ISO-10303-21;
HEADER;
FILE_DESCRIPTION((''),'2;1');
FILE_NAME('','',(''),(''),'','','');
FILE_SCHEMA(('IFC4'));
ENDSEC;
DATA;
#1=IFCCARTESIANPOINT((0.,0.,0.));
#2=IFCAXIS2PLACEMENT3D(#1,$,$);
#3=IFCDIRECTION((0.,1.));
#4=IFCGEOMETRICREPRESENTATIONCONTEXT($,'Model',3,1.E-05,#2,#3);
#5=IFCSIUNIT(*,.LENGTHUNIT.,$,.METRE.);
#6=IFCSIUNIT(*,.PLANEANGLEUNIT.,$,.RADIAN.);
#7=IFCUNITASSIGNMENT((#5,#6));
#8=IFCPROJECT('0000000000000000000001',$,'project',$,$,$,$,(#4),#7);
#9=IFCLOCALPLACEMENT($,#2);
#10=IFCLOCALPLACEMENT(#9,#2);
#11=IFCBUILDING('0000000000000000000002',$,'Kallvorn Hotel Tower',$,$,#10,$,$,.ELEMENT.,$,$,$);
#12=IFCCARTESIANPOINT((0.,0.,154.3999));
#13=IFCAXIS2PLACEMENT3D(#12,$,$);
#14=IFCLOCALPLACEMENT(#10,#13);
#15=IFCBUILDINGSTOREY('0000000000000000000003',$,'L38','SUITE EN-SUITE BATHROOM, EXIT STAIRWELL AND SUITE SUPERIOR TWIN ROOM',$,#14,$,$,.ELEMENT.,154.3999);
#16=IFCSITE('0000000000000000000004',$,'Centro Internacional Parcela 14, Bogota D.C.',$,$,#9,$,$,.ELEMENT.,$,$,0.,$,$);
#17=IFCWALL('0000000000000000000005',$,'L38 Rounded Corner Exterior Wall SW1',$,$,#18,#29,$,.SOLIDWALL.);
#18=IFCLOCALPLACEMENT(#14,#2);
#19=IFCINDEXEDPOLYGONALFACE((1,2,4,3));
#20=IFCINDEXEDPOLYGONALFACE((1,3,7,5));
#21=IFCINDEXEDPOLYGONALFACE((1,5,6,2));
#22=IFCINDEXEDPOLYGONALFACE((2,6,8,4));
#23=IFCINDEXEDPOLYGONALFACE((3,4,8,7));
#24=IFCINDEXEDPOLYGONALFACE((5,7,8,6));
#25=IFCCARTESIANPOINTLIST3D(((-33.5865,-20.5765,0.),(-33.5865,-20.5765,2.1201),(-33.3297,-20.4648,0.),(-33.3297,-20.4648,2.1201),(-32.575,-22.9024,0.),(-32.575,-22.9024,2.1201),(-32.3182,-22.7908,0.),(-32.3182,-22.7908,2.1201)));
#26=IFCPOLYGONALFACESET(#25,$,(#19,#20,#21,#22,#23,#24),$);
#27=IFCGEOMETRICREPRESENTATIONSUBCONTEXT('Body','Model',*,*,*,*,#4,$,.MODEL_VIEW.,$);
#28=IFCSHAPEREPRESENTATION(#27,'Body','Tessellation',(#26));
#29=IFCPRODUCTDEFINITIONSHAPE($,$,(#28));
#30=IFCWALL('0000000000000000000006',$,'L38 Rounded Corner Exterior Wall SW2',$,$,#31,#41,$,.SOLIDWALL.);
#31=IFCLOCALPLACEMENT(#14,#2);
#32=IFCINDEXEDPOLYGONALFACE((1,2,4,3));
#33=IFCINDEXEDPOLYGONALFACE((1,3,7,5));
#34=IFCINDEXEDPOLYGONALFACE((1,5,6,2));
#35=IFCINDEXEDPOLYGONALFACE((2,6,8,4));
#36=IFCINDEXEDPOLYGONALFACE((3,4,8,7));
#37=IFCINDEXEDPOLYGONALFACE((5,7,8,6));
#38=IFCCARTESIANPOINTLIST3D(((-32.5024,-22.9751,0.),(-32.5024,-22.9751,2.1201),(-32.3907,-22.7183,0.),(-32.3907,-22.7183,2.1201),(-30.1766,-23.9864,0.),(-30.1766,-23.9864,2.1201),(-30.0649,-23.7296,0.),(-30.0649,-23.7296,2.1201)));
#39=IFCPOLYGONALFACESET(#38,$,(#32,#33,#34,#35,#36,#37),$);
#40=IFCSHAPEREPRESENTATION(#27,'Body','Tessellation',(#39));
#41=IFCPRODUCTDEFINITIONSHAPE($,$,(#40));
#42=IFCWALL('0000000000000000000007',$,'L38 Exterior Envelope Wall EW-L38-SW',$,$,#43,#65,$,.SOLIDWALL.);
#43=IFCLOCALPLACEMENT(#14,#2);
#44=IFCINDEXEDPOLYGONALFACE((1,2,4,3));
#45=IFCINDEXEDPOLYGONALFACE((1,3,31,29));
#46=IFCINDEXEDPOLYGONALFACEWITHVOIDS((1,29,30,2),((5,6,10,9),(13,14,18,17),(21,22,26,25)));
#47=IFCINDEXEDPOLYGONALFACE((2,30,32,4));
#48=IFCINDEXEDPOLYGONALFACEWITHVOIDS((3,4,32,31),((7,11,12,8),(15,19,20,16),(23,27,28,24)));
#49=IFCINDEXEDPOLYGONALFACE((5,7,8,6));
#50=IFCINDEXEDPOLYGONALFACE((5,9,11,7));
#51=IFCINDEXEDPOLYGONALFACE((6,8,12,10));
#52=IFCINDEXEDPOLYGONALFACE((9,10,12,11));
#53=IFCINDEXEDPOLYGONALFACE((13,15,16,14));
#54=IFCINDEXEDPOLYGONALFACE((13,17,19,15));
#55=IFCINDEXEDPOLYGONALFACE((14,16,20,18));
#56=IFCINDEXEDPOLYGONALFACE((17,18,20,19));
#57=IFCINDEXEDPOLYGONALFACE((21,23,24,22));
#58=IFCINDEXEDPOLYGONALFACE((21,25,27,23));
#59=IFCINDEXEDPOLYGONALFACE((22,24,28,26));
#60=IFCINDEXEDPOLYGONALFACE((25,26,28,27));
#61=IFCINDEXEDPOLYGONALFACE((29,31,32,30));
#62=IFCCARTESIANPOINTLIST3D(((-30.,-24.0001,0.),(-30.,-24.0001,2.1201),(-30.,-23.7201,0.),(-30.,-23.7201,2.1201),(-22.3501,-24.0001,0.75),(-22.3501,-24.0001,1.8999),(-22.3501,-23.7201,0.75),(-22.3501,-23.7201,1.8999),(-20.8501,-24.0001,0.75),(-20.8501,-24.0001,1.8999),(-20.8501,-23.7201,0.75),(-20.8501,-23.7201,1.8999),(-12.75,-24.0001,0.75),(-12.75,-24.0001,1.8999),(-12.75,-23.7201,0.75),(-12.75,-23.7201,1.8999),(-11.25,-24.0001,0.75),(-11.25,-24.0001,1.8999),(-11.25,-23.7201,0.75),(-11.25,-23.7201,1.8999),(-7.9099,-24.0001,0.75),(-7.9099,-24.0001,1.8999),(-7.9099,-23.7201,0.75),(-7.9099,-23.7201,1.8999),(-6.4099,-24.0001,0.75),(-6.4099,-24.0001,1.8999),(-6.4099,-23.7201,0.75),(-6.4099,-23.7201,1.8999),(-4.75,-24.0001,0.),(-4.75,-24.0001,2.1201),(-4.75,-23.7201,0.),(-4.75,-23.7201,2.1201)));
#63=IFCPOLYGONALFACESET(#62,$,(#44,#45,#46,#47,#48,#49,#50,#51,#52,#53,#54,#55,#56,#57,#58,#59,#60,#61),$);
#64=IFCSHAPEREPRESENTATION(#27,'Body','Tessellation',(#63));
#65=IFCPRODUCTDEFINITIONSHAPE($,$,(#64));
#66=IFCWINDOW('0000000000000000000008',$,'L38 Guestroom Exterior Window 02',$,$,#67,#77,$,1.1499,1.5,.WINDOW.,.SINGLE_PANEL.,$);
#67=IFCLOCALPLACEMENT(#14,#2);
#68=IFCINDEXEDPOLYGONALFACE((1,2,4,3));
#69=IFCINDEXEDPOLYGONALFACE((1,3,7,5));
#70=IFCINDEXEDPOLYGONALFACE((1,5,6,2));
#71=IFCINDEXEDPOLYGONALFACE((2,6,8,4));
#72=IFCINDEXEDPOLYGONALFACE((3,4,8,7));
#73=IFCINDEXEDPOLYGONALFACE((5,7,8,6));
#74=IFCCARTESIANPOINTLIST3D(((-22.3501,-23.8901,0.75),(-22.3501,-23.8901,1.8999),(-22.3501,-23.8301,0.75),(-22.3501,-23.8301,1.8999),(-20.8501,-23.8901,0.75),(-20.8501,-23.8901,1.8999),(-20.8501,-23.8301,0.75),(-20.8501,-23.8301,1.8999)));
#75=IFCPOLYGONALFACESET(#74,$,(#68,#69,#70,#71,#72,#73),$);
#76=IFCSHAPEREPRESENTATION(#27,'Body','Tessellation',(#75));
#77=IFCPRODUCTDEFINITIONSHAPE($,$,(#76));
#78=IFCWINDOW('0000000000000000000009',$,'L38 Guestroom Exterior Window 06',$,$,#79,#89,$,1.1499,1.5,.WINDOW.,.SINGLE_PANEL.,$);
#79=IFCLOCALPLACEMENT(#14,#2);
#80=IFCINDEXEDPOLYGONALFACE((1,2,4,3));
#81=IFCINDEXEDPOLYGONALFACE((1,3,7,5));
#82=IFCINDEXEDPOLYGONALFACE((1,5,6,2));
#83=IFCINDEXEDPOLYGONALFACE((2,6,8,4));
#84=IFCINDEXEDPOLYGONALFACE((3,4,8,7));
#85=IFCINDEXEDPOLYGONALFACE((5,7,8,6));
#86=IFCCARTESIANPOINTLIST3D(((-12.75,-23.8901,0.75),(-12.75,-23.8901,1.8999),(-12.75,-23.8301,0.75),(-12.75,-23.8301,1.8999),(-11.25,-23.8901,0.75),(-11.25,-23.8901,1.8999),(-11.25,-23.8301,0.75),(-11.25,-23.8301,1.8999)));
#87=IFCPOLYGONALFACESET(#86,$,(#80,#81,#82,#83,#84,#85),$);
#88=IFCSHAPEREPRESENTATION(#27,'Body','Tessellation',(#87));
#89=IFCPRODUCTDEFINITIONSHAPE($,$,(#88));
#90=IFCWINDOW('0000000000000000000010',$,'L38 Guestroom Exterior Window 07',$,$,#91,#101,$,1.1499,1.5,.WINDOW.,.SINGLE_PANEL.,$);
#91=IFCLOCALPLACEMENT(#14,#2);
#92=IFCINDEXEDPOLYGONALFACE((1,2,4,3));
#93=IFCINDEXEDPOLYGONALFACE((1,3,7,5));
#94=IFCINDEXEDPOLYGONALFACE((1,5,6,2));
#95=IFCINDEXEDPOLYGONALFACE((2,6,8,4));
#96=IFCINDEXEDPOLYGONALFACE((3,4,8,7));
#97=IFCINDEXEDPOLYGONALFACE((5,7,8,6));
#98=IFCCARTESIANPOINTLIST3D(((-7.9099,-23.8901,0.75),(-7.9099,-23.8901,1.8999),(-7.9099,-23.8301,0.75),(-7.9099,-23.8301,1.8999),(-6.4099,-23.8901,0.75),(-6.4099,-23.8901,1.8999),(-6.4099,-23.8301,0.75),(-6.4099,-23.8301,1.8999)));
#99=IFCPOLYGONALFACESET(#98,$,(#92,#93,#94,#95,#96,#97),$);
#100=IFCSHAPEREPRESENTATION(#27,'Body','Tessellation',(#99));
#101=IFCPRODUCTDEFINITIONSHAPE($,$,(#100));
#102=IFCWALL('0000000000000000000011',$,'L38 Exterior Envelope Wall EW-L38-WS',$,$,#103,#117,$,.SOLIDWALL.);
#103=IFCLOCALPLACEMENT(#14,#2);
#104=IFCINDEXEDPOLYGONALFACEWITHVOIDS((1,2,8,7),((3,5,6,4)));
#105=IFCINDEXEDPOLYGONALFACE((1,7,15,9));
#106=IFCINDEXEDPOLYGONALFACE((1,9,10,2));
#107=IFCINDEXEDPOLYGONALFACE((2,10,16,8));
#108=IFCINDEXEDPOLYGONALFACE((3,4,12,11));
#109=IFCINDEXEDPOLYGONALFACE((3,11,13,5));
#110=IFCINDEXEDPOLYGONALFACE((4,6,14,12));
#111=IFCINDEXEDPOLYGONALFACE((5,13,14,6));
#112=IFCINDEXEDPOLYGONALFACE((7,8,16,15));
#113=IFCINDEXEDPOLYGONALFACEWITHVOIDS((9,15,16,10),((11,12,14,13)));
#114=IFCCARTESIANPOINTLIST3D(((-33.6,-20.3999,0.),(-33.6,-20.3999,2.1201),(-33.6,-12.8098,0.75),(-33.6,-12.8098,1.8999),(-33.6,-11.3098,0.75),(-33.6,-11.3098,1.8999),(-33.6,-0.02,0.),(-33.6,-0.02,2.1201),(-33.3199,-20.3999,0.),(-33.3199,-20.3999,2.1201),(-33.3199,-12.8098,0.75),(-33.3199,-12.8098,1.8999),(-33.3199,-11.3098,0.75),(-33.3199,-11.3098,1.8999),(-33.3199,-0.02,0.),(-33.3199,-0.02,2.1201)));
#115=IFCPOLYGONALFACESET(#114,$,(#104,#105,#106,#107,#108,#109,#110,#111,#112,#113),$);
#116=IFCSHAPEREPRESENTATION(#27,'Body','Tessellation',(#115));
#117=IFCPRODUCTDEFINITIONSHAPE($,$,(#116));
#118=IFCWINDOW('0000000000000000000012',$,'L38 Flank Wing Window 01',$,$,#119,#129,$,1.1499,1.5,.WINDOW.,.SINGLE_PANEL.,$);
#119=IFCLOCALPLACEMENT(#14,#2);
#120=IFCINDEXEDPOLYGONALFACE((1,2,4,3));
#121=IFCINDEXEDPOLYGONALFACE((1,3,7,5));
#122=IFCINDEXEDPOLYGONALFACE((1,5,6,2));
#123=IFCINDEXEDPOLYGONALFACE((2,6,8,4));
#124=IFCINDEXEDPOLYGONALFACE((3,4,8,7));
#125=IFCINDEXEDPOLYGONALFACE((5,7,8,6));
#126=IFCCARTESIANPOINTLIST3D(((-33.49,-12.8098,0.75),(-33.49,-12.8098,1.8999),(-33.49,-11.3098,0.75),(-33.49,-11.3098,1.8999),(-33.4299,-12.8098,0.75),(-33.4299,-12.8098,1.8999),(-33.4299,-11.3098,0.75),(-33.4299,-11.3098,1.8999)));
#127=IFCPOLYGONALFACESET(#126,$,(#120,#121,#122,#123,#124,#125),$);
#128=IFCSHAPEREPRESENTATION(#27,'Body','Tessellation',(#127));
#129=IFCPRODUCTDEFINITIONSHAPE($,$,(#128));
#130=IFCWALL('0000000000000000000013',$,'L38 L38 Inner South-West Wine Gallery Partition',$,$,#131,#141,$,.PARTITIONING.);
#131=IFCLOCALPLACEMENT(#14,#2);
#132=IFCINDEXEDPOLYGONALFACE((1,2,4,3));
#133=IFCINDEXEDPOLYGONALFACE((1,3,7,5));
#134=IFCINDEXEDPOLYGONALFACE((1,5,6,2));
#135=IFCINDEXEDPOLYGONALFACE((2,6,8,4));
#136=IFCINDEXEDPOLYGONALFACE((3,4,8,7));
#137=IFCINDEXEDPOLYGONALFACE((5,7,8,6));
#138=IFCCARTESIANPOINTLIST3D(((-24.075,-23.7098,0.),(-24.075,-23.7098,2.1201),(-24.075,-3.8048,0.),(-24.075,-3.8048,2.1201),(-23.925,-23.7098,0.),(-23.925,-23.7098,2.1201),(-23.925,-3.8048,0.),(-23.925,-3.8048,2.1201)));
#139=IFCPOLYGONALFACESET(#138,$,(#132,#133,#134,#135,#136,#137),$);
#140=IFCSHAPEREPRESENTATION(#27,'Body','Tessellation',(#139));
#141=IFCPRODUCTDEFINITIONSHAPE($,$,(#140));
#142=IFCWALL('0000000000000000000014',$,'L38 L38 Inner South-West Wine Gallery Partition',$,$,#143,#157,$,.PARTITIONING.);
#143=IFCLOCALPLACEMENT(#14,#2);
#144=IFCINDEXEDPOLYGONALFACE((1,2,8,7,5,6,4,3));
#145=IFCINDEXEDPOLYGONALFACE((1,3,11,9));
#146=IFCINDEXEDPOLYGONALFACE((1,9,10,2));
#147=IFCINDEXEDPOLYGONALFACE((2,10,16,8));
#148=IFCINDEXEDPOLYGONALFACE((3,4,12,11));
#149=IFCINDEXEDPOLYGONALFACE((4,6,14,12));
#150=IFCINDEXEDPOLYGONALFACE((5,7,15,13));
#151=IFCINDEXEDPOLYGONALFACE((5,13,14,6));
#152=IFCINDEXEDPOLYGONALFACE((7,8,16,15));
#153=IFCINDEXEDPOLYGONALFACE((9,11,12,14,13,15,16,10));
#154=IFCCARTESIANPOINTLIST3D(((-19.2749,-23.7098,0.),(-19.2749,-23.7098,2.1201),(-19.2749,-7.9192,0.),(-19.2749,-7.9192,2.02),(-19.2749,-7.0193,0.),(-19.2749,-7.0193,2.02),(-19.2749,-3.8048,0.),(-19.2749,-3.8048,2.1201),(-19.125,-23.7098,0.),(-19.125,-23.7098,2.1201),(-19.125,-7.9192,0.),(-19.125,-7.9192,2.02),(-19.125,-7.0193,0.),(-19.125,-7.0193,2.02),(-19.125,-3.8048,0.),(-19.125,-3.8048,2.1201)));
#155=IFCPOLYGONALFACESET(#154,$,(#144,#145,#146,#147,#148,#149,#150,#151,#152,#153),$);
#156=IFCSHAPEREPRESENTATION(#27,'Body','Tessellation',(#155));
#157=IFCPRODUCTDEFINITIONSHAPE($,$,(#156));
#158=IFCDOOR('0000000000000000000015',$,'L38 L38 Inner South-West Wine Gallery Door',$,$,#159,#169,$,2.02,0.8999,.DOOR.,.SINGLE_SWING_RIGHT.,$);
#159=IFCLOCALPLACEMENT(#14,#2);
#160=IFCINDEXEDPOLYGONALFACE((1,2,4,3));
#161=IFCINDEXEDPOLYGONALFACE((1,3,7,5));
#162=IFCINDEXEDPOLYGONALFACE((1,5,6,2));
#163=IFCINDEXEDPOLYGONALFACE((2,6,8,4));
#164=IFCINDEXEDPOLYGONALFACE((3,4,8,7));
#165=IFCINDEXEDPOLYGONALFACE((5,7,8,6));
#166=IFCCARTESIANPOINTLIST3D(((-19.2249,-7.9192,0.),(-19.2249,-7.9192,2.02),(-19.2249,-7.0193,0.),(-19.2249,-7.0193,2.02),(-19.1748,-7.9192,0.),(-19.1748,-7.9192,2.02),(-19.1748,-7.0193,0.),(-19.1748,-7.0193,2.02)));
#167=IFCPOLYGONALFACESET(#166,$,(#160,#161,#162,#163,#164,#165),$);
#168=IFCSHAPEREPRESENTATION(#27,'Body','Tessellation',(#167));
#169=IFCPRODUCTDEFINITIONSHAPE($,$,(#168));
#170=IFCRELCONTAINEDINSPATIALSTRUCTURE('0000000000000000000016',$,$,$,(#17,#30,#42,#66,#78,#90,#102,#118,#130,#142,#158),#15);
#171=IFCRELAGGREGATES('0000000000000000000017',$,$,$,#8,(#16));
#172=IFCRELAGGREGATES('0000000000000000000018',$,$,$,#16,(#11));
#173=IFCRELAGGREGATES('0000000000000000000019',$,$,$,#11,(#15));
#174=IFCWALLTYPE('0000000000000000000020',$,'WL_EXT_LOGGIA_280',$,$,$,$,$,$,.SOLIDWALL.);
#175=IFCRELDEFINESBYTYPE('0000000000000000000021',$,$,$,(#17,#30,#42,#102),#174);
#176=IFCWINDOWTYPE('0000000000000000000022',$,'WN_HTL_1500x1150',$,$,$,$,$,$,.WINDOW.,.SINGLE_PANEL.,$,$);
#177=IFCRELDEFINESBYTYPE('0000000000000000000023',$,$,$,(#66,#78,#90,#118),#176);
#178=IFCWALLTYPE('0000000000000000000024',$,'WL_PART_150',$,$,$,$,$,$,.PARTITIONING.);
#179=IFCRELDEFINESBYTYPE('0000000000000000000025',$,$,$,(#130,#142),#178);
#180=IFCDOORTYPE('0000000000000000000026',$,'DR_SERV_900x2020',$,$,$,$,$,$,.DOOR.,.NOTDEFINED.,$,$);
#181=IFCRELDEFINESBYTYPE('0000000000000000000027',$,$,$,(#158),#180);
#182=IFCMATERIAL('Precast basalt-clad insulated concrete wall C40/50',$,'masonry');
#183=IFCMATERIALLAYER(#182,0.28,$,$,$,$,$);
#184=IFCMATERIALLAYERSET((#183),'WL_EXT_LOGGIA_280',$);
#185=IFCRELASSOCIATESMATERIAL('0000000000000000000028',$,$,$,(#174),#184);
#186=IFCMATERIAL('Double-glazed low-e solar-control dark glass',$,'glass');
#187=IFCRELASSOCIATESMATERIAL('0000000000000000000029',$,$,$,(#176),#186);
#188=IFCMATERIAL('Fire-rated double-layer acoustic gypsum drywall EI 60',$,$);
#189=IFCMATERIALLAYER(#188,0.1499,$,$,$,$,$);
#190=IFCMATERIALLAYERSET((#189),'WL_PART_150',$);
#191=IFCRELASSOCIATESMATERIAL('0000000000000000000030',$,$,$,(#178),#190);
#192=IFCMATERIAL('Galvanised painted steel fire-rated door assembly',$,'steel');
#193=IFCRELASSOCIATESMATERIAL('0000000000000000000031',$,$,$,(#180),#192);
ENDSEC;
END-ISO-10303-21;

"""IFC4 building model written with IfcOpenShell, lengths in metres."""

from ifc_helpers import new_model, si_unit, direction, frame, frame_2d, origin, place, context, subcontext, project, spatial, rectangle, extrude, material, layer, layer_set, type_object, element, fill, save


model = new_model("IFC4")

# Units and contexts
model_context = context("Model", 3, precision=1e-05, world=origin(), true_north=direction((0.0, 1.0)))
body_context = subcontext(model_context, "Body", "Model", "MODEL_VIEW")
ifc_project = project(units=[si_unit("LENGTHUNIT", "METRE"), si_unit("PLANEANGLEUNIT", "RADIAN")], contexts=[model_context])

# Site, building, storey
site_placement = place(None, origin())
site = spatial("IfcSite", under=ifc_project, at=site_placement, Name="Centro Internacional Parcela 14, Bogota D.C.", CompositionType="ELEMENT", RefElevation=0.0)
building_placement = place(site_placement, origin())
building = spatial("IfcBuilding", under=site, at=building_placement, Name="Kallvorn Hotel Tower", CompositionType="ELEMENT")
storey_placement = place(building_placement, frame((0.0, 0.0, 154.3999)))
storey = spatial("IfcBuildingStorey", under=building, at=storey_placement, Name="L38", Description="SUITE EN-SUITE BATHROOM, EXIT STAIRWELL AND SUITE SUPERIOR TWIN ROOM", CompositionType="ELEMENT", Elevation=154.3999)

# Walls
ifc_material_1 = material(Name="Precast basalt-clad insulated concrete wall C40/50", Category="masonry")
ifc_layer_1 = layer(ifc_material_1, 0.28)
ifc_layer_set_1 = layer_set([ifc_layer_1], Name="WL_EXT_LOGGIA_280")
wall_type_1 = type_object("IfcWallType", Name="WL_EXT_LOGGIA_280", PredefinedType="SOLIDWALL", material=ifc_layer_set_1)
wall_1_placement = place(storey_placement, frame((-33.458, -20.5208, 0.0), z_axis=(0.0, 0.0, 1.0), x_axis=(0.398793, -0.917041, 0.0)))
element("IfcWall", 1, at=wall_1_placement, inside=storey, type_object=wall_type_1, Name="L38 Rounded Corner Exterior Wall SW1", PredefinedType="SOLIDWALL", context=body_context, shape_type="SweptSolid", body=[
    extrude(rectangle(XDim=2.5364, YDim=0.28, at=frame_2d((1.2681, 0.0))), origin(), (0.0, 0.0, 1.0), 2.1201),
])
wall_2_placement = place(storey_placement, frame((-32.4465, -22.8467, 0.0), z_axis=(0.0, 0.0, 1.0), x_axis=(0.917061, -0.398747, 0.0)))
element("IfcWall", 2, at=wall_2_placement, inside=storey, type_object=wall_type_1, Name="L38 Rounded Corner Exterior Wall SW2", PredefinedType="SOLIDWALL", context=body_context, shape_type="SweptSolid", body=[
    extrude(rectangle(XDim=2.5361, YDim=0.28, at=frame_2d((1.2681, 0.0))), origin(), (0.0, 0.0, 1.0), 2.1201),
])

# Wall, openings, windows
wall_3_placement = place(storey_placement, frame((-30.0, -23.8601, 0.0), z_axis=(0.0, 0.0, 1.0), x_axis=(1.0, 0.0, 0.0)))
wall_3 = element("IfcWall", 3, at=wall_3_placement, inside=storey, type_object=wall_type_1, Name="L38 Exterior Envelope Wall EW-L38-SW", PredefinedType="SOLIDWALL", context=body_context, shape_type="SweptSolid", body=[
    extrude(rectangle(XDim=25.25, YDim=0.28, at=frame_2d((12.625, 0.0))), origin(), (0.0, 0.0, 1.0), 2.1201),
])
opening_1_placement = place(wall_3_placement, frame((7.6499, 0.0, 0.75)))
opening_1 = element("IfcOpeningElement", 4, at=opening_1_placement, cuts=wall_3, PredefinedType="OPENING", context=body_context, shape_type="SweptSolid", body=[
    extrude(rectangle(XDim=1.5, YDim=1.1499, at=frame_2d((0.75, 0.575))), frame((0.0, 0.155, 0.0), z_axis=(0.0, -1.0, 0.0), x_axis=(1.0, 0.0, 0.0)), (0.0, 0.0, 1.0), 0.3101),
])
opening_2_placement = place(wall_3_placement, frame((17.25, 0.0, 0.75)))
opening_2 = element("IfcOpeningElement", 5, at=opening_2_placement, cuts=wall_3, PredefinedType="OPENING", context=body_context, shape_type="SweptSolid", body=[
    extrude(rectangle(XDim=1.5, YDim=1.1499, at=frame_2d((0.75, 0.575))), frame((0.0, 0.155, 0.0), z_axis=(0.0, -1.0, 0.0), x_axis=(1.0, 0.0, 0.0)), (0.0, 0.0, 1.0), 0.3101),
])
opening_3_placement = place(wall_3_placement, frame((22.0901, 0.0, 0.75)))
opening_3 = element("IfcOpeningElement", 6, at=opening_3_placement, cuts=wall_3, PredefinedType="OPENING", context=body_context, shape_type="SweptSolid", body=[
    extrude(rectangle(XDim=1.5, YDim=1.1499, at=frame_2d((0.75, 0.575))), frame((0.0, 0.155, 0.0), z_axis=(0.0, -1.0, 0.0), x_axis=(1.0, 0.0, 0.0)), (0.0, 0.0, 1.0), 0.3101),
])
ifc_material_2 = material(Name="Double-glazed low-e solar-control dark glass", Category="glass")
window_type = type_object("IfcWindowType", Name="WN_HTL_1500x1150", PartitioningType="SINGLE_PANEL", PredefinedType="WINDOW", material=ifc_material_2)
window_1_placement = place(opening_1_placement, origin())
window_1 = element("IfcWindow", 7, at=window_1_placement, inside=storey, type_object=window_type, Name="L38 Guestroom Exterior Window 02", OverallHeight=1.1499, OverallWidth=1.5, PartitioningType="SINGLE_PANEL", PredefinedType="WINDOW", context=body_context, shape_type="SweptSolid", body=[
    extrude(rectangle(XDim=1.5, YDim=1.1499, at=frame_2d((0.75, 0.575))), frame((0.0, 0.03, 0.0), z_axis=(0.0, -1.0, 0.0), x_axis=(1.0, 0.0, 0.0)), (0.0, 0.0, 1.0), 0.0601),
])
fill(opening_1, window_1)
window_2_placement = place(opening_2_placement, origin())
window_2 = element("IfcWindow", 8, at=window_2_placement, inside=storey, type_object=window_type, Name="L38 Guestroom Exterior Window 06", OverallHeight=1.1499, OverallWidth=1.5, PartitioningType="SINGLE_PANEL", PredefinedType="WINDOW", context=body_context, shape_type="SweptSolid", body=[
    extrude(rectangle(XDim=1.5, YDim=1.1499, at=frame_2d((0.75, 0.575))), frame((0.0, 0.03, 0.0), z_axis=(0.0, -1.0, 0.0), x_axis=(1.0, 0.0, 0.0)), (0.0, 0.0, 1.0), 0.0601),
])
fill(opening_2, window_2)
window_3_placement = place(opening_3_placement, origin())
window_3 = element("IfcWindow", 9, at=window_3_placement, inside=storey, type_object=window_type, Name="L38 Guestroom Exterior Window 07", OverallHeight=1.1499, OverallWidth=1.5, PartitioningType="SINGLE_PANEL", PredefinedType="WINDOW", context=body_context, shape_type="SweptSolid", body=[
    extrude(rectangle(XDim=1.5, YDim=1.1499, at=frame_2d((0.75, 0.575))), frame((0.0, 0.03, 0.0), z_axis=(0.0, -1.0, 0.0), x_axis=(1.0, 0.0, 0.0)), (0.0, 0.0, 1.0), 0.0601),
])
fill(opening_3, window_3)

# Wall, opening, window
wall_4_placement = place(storey_placement, frame((-33.46, -20.3999, 0.0), z_axis=(0.0, 0.0, 1.0), x_axis=(0.0, 1.0, 0.0)))
wall_4 = element("IfcWall", 10, at=wall_4_placement, inside=storey, type_object=wall_type_1, Name="L38 Exterior Envelope Wall EW-L38-WS", PredefinedType="SOLIDWALL", context=body_context, shape_type="SweptSolid", body=[
    extrude(rectangle(XDim=20.3799, YDim=0.28, at=frame_2d((10.1899, 0.0))), origin(), (0.0, 0.0, 1.0), 2.1201),
])
opening_4_placement = place(wall_4_placement, frame((7.5901, 0.0, 0.75)))
opening_4 = element("IfcOpeningElement", 11, at=opening_4_placement, cuts=wall_4, PredefinedType="OPENING", context=body_context, shape_type="SweptSolid", body=[
    extrude(rectangle(XDim=1.5, YDim=1.1499, at=frame_2d((0.75, 0.575))), frame((0.0, 0.155, 0.0), z_axis=(0.0, -1.0, 0.0), x_axis=(1.0, 0.0, 0.0)), (0.0, 0.0, 1.0), 0.3101),
])
window_4_placement = place(opening_4_placement, origin())
window_4 = element("IfcWindow", 12, at=window_4_placement, inside=storey, type_object=window_type, Name="L38 Flank Wing Window 01", OverallHeight=1.1499, OverallWidth=1.5, PartitioningType="SINGLE_PANEL", PredefinedType="WINDOW", context=body_context, shape_type="SweptSolid", body=[
    extrude(rectangle(XDim=1.5, YDim=1.1499, at=frame_2d((0.75, 0.575))), frame((0.0, 0.03, 0.0), z_axis=(0.0, -1.0, 0.0), x_axis=(1.0, 0.0, 0.0)), (0.0, 0.0, 1.0), 0.0601),
])
fill(opening_4, window_4)

# Wall
ifc_material_3 = material(Name="Fire-rated double-layer acoustic gypsum drywall EI 60")
ifc_layer_2 = layer(ifc_material_3, 0.1499)
ifc_layer_set_2 = layer_set([ifc_layer_2], Name="WL_PART_150")
wall_type_2 = type_object("IfcWallType", Name="WL_PART_150", PredefinedType="PARTITIONING", material=ifc_layer_set_2)
wall_5_placement = place(storey_placement, frame((-24.0, -23.71, 0.0), z_axis=(0.0, 0.0, 1.0), x_axis=(0.0, 1.0, 0.0)))
element("IfcWall", 13, at=wall_5_placement, inside=storey, type_object=wall_type_2, Name="L38 L38 Inner South-West Wine Gallery Partition", PredefinedType="PARTITIONING", context=body_context, shape_type="SweptSolid", body=[
    extrude(rectangle(XDim=19.905, YDim=0.1499, at=frame_2d((9.9526, 0.0))), origin(), (0.0, 0.0, 1.0), 2.1201),
])

# Wall, opening, door
wall_6_placement = place(storey_placement, frame((-19.2, -23.71, 0.0), z_axis=(0.0, 0.0, 1.0), x_axis=(0.0, 1.0, 0.0)))
wall_6 = element("IfcWall", 14, at=wall_6_placement, inside=storey, type_object=wall_type_2, Name="L38 L38 Inner South-West Wine Gallery Partition", PredefinedType="PARTITIONING", context=body_context, shape_type="SweptSolid", body=[
    extrude(rectangle(XDim=19.905, YDim=0.1499, at=frame_2d((9.9526, 0.0))), origin(), (0.0, 0.0, 1.0), 2.1201),
])
opening_5_placement = place(wall_6_placement, frame((15.7908, 0.0, 0.0)))
opening_5 = element("IfcOpeningElement", 15, at=opening_5_placement, cuts=wall_6, PredefinedType="OPENING", context=body_context, shape_type="SweptSolid", body=[
    extrude(rectangle(XDim=0.8999, YDim=2.02, at=frame_2d((0.45, 1.01))), frame((0.0, 0.0898, 0.0), z_axis=(0.0, -1.0, 0.0), x_axis=(1.0, 0.0, 0.0)), (0.0, 0.0, 1.0), 0.1799),
])
ifc_material_4 = material(Name="Galvanised painted steel fire-rated door assembly", Category="steel")
door_type = type_object("IfcDoorType", Name="DR_SERV_900x2020", OperationType="NOTDEFINED", PredefinedType="DOOR", material=ifc_material_4)
door_placement = place(opening_5_placement, origin())
door = element("IfcDoor", 16, at=door_placement, inside=storey, type_object=door_type, Name="L38 L38 Inner South-West Wine Gallery Door", OperationType="SINGLE_SWING_RIGHT", OverallHeight=2.02, OverallWidth=0.8999, PredefinedType="DOOR", context=body_context, shape_type="SweptSolid", body=[
    extrude(rectangle(XDim=0.8999, YDim=2.02, at=frame_2d((0.45, 1.01))), frame((0.0, 0.0249, 0.0), z_axis=(0.0, -1.0, 0.0), x_axis=(1.0, 0.0, 0.0)), (0.0, 0.0, 1.0), 0.05),
])
fill(opening_5, door)

save(model, "model.ifc")
